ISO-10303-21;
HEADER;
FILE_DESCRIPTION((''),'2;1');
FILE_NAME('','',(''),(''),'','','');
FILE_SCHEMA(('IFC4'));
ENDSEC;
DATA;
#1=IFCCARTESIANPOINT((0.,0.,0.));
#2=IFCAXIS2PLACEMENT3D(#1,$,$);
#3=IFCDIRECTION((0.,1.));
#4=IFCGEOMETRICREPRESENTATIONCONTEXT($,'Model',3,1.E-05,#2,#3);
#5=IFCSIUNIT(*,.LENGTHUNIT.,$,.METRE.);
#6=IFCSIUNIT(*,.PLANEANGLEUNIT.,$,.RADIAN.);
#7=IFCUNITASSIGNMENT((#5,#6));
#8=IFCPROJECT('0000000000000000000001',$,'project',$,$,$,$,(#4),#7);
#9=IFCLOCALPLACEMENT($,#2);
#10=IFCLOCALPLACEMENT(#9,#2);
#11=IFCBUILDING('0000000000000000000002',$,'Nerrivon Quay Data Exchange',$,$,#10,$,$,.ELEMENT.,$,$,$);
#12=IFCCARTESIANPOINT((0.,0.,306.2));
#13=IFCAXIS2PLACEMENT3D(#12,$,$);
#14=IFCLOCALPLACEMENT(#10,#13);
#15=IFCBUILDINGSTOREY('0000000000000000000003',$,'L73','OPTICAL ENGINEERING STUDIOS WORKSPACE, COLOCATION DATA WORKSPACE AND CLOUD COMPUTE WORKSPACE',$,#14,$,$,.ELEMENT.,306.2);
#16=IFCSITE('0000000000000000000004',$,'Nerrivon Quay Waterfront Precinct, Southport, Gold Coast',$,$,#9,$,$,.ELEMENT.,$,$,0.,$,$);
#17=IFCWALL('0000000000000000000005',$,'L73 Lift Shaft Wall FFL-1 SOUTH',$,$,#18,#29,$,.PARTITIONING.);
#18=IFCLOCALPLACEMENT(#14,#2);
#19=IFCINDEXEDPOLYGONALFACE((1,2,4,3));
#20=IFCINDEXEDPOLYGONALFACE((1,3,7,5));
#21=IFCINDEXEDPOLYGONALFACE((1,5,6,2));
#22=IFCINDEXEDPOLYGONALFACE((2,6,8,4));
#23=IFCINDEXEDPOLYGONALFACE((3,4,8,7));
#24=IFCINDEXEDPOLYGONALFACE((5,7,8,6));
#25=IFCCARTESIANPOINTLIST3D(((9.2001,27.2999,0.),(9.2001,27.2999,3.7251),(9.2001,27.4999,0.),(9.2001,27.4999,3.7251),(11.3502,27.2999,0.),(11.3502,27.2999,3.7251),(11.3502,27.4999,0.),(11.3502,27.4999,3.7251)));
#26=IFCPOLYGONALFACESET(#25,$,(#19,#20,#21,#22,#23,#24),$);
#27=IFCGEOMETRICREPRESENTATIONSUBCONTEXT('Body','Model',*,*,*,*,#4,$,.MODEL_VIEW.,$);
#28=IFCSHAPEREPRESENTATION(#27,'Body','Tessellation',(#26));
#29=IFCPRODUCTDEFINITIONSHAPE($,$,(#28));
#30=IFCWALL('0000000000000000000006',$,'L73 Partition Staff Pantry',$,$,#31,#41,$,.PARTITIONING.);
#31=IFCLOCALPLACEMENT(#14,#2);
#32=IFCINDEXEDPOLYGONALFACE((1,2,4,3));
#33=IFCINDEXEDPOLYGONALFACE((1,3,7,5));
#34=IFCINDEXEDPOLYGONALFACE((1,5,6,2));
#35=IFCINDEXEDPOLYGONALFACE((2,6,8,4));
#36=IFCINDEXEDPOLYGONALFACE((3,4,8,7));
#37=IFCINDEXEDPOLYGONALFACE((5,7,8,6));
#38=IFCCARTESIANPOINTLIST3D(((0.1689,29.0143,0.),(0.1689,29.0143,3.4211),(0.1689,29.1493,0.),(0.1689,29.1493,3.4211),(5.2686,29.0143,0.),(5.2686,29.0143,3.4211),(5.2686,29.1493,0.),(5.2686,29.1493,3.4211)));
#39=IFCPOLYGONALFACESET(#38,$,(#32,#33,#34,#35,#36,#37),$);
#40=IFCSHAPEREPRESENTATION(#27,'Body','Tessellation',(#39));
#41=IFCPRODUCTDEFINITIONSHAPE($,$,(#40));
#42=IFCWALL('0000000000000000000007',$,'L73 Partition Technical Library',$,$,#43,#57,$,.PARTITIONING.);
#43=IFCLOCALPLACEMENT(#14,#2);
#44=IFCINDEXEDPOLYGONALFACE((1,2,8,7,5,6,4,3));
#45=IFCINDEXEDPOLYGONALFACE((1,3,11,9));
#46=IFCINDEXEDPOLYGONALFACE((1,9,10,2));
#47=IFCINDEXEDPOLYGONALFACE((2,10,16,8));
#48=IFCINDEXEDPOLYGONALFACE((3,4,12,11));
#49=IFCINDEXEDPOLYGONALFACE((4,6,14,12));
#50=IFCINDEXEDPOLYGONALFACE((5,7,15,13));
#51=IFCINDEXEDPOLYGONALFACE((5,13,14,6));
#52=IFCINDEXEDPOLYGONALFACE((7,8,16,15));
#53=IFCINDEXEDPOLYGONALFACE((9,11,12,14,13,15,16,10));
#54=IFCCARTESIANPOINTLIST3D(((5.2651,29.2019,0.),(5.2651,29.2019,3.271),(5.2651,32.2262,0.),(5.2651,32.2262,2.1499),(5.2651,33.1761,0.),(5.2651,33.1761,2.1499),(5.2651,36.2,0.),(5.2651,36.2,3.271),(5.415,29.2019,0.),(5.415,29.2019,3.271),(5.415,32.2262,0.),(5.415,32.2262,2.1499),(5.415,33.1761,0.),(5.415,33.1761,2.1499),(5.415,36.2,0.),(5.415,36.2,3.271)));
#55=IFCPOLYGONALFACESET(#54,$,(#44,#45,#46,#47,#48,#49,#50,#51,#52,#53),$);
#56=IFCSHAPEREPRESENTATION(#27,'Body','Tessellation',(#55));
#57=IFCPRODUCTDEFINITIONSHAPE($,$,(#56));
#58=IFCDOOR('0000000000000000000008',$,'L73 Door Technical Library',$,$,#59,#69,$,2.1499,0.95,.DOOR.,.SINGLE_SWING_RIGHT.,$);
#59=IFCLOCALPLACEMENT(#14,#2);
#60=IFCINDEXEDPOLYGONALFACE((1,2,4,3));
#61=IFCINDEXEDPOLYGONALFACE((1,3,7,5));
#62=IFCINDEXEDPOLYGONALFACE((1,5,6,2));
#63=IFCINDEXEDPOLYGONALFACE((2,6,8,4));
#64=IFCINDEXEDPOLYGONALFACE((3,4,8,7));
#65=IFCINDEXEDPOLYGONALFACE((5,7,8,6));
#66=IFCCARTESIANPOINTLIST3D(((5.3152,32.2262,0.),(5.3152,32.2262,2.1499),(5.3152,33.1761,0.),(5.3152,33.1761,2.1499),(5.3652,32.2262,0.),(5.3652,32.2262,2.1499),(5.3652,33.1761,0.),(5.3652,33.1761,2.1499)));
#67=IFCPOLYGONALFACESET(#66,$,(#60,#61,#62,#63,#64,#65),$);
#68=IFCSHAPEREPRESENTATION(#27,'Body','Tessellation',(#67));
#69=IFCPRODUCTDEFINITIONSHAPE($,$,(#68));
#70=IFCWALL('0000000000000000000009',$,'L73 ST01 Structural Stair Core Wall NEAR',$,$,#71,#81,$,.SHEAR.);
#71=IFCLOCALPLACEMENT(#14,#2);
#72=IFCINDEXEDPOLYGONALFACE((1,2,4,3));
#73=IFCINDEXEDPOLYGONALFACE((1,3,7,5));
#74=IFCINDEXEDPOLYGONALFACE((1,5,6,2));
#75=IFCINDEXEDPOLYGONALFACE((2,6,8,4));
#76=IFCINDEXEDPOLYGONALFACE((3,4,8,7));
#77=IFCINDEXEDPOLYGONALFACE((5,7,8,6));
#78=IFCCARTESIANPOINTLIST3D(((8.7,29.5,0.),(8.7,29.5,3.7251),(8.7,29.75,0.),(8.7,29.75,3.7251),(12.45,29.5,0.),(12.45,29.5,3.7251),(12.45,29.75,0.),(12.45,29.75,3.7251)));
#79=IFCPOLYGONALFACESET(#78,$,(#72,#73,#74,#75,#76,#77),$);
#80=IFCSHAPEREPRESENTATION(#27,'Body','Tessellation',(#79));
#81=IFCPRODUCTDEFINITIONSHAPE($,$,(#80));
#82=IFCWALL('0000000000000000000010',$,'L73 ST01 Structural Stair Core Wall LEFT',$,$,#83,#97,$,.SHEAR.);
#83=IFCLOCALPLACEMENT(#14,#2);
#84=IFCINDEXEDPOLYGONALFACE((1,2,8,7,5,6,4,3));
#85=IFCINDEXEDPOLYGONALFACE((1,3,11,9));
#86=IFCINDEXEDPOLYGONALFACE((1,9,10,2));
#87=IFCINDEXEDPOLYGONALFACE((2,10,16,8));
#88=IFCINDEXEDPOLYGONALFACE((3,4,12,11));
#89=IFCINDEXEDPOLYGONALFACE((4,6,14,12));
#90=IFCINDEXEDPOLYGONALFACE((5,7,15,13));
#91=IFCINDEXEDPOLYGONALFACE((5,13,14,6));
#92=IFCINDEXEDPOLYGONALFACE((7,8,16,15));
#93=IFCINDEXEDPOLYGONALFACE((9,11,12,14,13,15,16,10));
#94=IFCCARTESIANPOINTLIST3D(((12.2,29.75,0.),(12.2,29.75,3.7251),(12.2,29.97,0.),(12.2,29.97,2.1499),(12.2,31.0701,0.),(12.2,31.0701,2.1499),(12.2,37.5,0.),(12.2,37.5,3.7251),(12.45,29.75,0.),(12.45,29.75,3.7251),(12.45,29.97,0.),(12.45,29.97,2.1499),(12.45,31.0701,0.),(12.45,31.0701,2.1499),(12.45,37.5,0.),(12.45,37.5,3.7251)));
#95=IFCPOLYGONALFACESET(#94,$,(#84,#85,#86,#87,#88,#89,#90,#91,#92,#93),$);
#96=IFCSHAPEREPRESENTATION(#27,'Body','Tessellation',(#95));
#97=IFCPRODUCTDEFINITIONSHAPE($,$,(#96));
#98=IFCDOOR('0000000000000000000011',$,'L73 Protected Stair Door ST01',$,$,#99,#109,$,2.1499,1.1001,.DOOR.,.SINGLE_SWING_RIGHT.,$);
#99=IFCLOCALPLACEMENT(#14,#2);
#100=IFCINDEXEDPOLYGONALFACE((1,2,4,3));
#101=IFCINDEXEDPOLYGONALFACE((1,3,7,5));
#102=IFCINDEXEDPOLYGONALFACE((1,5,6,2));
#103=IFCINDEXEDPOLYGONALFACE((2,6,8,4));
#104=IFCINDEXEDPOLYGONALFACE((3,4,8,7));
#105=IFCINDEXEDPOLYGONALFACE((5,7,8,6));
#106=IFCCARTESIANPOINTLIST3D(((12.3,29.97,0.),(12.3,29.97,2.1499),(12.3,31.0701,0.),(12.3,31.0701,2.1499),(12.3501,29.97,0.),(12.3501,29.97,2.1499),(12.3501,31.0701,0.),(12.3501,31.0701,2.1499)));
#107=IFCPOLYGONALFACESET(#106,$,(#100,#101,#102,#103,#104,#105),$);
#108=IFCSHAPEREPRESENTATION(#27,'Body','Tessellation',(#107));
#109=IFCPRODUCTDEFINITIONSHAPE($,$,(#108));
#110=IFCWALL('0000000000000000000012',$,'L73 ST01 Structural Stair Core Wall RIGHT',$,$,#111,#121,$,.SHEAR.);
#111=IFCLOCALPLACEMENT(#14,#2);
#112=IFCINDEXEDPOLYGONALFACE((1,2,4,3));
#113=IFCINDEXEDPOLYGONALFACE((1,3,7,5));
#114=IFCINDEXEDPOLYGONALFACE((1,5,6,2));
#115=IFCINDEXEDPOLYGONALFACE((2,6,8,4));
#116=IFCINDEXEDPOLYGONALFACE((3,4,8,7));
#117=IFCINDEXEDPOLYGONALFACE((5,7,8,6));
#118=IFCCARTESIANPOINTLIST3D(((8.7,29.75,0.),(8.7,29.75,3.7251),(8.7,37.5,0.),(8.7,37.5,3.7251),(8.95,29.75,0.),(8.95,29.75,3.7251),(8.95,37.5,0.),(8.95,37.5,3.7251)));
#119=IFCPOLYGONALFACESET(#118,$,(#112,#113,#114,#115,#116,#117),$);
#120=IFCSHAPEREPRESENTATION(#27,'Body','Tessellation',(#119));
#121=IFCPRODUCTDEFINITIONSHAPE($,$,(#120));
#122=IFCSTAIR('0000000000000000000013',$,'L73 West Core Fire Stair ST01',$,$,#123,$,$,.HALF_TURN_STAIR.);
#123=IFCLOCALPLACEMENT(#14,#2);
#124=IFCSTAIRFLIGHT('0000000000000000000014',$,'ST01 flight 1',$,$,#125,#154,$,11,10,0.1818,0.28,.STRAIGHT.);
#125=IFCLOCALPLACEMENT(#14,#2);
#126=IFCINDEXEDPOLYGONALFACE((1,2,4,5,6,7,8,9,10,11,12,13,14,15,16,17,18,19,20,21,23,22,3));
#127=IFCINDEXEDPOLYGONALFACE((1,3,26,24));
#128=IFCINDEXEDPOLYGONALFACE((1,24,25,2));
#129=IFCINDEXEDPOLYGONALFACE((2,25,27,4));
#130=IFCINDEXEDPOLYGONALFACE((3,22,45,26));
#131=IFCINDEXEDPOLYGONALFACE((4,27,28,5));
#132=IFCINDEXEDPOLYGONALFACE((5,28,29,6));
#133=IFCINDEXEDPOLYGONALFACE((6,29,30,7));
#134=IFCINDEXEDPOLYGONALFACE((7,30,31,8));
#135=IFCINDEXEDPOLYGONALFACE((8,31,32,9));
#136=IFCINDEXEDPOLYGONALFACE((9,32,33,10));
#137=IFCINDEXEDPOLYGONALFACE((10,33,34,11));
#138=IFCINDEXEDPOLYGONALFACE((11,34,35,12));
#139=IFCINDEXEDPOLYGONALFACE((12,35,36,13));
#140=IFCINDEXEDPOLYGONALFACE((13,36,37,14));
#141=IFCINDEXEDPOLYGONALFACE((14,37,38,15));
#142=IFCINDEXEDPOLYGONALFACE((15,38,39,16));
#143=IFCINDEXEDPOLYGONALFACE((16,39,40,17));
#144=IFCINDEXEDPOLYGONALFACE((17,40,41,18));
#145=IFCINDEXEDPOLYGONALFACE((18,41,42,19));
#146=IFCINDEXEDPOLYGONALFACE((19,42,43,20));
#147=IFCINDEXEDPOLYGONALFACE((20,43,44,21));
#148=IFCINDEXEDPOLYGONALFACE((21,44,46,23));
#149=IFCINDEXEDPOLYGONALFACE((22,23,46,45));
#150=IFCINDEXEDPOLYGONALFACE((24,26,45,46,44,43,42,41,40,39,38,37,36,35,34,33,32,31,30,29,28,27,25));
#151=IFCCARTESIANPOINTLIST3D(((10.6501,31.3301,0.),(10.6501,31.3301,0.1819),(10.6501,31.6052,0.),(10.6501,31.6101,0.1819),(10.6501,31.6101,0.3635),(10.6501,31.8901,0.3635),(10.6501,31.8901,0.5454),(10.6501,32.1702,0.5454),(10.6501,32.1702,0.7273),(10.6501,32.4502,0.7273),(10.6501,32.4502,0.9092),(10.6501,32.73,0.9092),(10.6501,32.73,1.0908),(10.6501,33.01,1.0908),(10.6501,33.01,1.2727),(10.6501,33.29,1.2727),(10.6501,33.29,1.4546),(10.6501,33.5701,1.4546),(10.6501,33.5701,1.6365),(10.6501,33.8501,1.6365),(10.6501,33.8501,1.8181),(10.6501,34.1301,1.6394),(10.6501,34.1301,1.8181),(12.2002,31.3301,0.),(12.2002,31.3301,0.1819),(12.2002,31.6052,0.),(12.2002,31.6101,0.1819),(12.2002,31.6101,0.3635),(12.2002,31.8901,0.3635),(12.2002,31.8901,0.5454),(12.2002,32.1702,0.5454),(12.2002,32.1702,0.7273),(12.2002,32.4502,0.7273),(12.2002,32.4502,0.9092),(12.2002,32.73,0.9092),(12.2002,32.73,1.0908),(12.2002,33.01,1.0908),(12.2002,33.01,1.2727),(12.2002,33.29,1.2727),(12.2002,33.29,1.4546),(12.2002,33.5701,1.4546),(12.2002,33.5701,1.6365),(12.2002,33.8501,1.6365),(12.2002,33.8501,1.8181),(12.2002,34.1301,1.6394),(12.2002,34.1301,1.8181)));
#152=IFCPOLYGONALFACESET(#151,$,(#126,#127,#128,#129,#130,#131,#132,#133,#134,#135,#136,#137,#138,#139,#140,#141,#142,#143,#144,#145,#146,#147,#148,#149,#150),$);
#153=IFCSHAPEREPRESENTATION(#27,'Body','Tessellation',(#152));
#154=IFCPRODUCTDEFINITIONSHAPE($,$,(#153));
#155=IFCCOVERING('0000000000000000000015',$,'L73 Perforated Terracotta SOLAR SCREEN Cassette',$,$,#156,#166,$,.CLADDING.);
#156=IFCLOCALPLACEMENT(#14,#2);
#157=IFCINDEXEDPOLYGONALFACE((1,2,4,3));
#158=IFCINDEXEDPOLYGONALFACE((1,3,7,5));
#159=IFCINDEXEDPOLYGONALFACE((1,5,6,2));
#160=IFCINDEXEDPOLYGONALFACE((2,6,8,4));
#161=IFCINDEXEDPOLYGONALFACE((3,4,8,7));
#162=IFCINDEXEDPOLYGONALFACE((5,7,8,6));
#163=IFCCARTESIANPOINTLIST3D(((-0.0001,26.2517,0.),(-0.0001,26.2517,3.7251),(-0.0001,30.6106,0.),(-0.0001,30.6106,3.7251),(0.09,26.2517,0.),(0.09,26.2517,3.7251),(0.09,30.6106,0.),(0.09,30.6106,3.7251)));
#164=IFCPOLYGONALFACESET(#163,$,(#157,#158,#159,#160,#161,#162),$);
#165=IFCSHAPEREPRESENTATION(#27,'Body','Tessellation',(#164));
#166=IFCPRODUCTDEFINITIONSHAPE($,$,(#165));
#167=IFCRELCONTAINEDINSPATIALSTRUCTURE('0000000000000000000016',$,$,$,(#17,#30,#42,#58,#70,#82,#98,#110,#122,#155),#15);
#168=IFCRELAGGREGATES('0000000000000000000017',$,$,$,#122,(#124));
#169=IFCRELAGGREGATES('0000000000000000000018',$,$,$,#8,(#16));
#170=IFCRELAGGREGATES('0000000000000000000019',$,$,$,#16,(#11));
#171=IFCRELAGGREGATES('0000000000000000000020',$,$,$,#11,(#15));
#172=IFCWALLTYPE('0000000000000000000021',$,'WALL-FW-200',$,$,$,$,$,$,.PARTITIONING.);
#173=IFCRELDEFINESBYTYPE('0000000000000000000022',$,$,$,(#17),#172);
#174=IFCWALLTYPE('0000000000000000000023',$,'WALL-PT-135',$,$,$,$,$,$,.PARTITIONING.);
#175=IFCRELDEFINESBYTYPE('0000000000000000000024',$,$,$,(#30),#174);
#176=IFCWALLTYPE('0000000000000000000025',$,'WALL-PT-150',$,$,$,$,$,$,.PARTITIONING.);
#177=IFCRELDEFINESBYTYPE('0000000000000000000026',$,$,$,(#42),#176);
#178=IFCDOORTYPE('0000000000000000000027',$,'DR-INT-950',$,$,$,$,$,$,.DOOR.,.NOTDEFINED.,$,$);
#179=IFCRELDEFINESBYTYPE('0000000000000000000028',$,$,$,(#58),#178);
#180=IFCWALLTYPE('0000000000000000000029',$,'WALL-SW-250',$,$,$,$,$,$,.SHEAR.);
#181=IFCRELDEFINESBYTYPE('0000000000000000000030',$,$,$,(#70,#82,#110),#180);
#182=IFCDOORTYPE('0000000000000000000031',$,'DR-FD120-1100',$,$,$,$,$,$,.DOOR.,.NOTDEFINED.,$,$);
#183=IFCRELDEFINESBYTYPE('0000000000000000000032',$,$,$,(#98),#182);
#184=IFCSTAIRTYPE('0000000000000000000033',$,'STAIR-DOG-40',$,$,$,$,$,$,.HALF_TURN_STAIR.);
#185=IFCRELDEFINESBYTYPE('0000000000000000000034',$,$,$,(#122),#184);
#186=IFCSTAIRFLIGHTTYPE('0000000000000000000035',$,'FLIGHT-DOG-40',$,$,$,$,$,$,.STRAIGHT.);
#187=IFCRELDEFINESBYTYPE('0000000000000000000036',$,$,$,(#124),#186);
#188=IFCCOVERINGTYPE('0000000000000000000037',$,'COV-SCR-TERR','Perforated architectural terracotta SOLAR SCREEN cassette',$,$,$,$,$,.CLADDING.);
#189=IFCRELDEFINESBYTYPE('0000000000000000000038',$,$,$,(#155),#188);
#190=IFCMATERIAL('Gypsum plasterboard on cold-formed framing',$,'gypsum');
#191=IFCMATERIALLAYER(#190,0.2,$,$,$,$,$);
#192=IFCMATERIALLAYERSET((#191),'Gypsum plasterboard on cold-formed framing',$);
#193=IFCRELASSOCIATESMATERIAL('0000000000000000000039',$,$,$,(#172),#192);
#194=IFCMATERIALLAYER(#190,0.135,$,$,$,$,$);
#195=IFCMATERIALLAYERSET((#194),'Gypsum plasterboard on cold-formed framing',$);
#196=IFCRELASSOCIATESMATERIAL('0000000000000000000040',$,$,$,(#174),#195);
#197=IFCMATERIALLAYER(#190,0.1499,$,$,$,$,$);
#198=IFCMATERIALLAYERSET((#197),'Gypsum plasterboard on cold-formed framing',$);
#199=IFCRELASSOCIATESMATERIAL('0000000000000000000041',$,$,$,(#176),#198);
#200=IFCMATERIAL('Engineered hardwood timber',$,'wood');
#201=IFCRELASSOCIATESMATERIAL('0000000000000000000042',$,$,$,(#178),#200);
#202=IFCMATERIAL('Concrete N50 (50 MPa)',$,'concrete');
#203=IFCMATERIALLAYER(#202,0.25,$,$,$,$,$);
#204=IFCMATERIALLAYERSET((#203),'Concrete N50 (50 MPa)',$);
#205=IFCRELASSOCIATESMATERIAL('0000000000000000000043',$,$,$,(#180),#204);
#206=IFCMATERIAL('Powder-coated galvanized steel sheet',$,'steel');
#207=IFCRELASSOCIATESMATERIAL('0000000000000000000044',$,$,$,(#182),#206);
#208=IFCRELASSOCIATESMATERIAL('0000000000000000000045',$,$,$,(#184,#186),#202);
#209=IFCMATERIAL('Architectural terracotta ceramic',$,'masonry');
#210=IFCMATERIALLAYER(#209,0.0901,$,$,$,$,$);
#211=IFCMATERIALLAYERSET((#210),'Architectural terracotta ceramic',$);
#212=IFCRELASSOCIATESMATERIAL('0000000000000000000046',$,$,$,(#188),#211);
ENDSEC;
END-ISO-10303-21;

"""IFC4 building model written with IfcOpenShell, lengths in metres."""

from ifc_helpers import new_model, si_unit, direction, frame, frame_2d, origin, origin_2d, place, context, subcontext, project, spatial, polyline, rectangle, outline, extrude, material, layer, layer_set, type_object, element, fill, aggregate, save


model = new_model("IFC4")

# Units and contexts
model_context = context("Model", 3, precision=1e-05, world=origin(), true_north=direction((0.0, 1.0)))
body_context = subcontext(model_context, "Body", "Model", "MODEL_VIEW")
ifc_project = project(units=[si_unit("LENGTHUNIT", "METRE"), si_unit("PLANEANGLEUNIT", "RADIAN")], contexts=[model_context])

# Site, building, storey
site_placement = place(None, origin())
site = spatial("IfcSite", under=ifc_project, at=site_placement, Name="Nerrivon Quay Waterfront Precinct, Southport, Gold Coast", CompositionType="ELEMENT", RefElevation=0.0)
building_placement = place(site_placement, origin())
building = spatial("IfcBuilding", under=site, at=building_placement, Name="Nerrivon Quay Data Exchange", CompositionType="ELEMENT")
storey_placement = place(building_placement, frame((0.0, 0.0, 306.2)))
storey = spatial("IfcBuildingStorey", under=building, at=storey_placement, Name="L73", Description="OPTICAL ENGINEERING STUDIOS WORKSPACE, COLOCATION DATA WORKSPACE AND CLOUD COMPUTE WORKSPACE", CompositionType="ELEMENT", Elevation=306.2)

# Shared definitions
ifc_material_1 = material(Name="Concrete N50 (50 MPa)", Category="concrete")

# Shared definitions
ifc_material_2 = material(Name="Gypsum plasterboard on cold-formed framing", Category="gypsum")
ifc_layer_1 = layer(ifc_material_2, 0.2)
ifc_layer_set_1 = layer_set([ifc_layer_1], Name="Gypsum plasterboard on cold-formed framing")
wall_type_1 = type_object("IfcWallType", Name="WALL-FW-200", PredefinedType="PARTITIONING", material=ifc_layer_set_1)
ifc_material_3 = material(Name="Powder-coated galvanized steel sheet", Category="steel")

# Walls
wall_1_placement = place(storey_placement, frame((9.2, 27.3999, 0.0), z_axis=(0.0, 0.0, 1.0), x_axis=(1.0, 0.0, 0.0)))
element("IfcWall", 1, at=wall_1_placement, inside=storey, type_object=wall_type_1, Name="L73 Lift Shaft Wall FFL-1 SOUTH", PredefinedType="PARTITIONING", context=body_context, shape_type="SweptSolid", body=[
    extrude(rectangle(XDim=2.1501, YDim=0.2, at=frame_2d((1.0752, 0.0))), origin(), (0.0, 0.0, 1.0), 3.7251),
])
ifc_layer_2 = layer(ifc_material_2, 0.135)
ifc_layer_set_2 = layer_set([ifc_layer_2], Name="Gypsum plasterboard on cold-formed framing")
wall_type_2 = type_object("IfcWallType", Name="WALL-PT-135", PredefinedType="PARTITIONING", material=ifc_layer_set_2)
wall_2_placement = place(storey_placement, frame((5.2686, 29.0818, 0.0), z_axis=(0.0, 0.0, 1.0), x_axis=(-1.0, 0.0, 0.0)))
element("IfcWall", 2, at=wall_2_placement, inside=storey, type_object=wall_type_2, Name="L73 Partition Staff Pantry", PredefinedType="PARTITIONING", context=body_context, shape_type="SweptSolid", body=[
    extrude(rectangle(XDim=5.0996, YDim=0.135, at=frame_2d((2.5498, 0.0))), origin(), (0.0, 0.0, 1.0), 3.4211),
])

# Wall, opening, door
ifc_layer_3 = layer(ifc_material_2, 0.1499)
ifc_layer_set_3 = layer_set([ifc_layer_3], Name="Gypsum plasterboard on cold-formed framing")
wall_type_3 = type_object("IfcWallType", Name="WALL-PT-150", PredefinedType="PARTITIONING", material=ifc_layer_set_3)
wall_3_placement = place(storey_placement, frame((5.3401, 29.2019, 0.0), z_axis=(0.0, 0.0, 1.0), x_axis=(0.0, 1.0, 0.0)))
wall_3 = element("IfcWall", 3, at=wall_3_placement, inside=storey, type_object=wall_type_3, Name="L73 Partition Technical Library", PredefinedType="PARTITIONING", context=body_context, shape_type="SweptSolid", body=[
    extrude(rectangle(XDim=6.998, YDim=0.1499, at=frame_2d((3.499, 0.0))), origin(), (0.0, 0.0, 1.0), 3.271),
])
opening_1_placement = place(wall_3_placement, frame((3.0242, 0.0, 0.0)))
opening_1 = element("IfcOpeningElement", 4, at=opening_1_placement, cuts=wall_3, PredefinedType="OPENING", context=body_context, shape_type="SweptSolid", body=[
    extrude(rectangle(XDim=0.95, YDim=2.1499, at=frame_2d((0.4751, 1.075))), frame((0.0, 0.085, 0.0), z_axis=(0.0, -1.0, 0.0), x_axis=(1.0, 0.0, 0.0)), (0.0, 0.0, 1.0), 0.1699),
])
ifc_material_4 = material(Name="Engineered hardwood timber", Category="wood")
door_type_1 = type_object("IfcDoorType", Name="DR-INT-950", OperationType="NOTDEFINED", PredefinedType="DOOR", material=ifc_material_4)
door_1_placement = place(opening_1_placement, origin())
door_1 = element("IfcDoor", 5, at=door_1_placement, inside=storey, type_object=door_type_1, Name="L73 Door Technical Library", OperationType="SINGLE_SWING_RIGHT", OverallHeight=2.1499, OverallWidth=0.95, PredefinedType="DOOR", context=body_context, shape_type="SweptSolid", body=[
    extrude(rectangle(XDim=0.95, YDim=2.1499, at=frame_2d((0.4751, 1.075))), frame((0.0, 0.0249, 0.0), z_axis=(0.0, -1.0, 0.0), x_axis=(1.0, 0.0, 0.0)), (0.0, 0.0, 1.0), 0.05),
])
fill(opening_1, door_1)

# Wall
ifc_layer_4 = layer(ifc_material_1, 0.25)
ifc_layer_set_4 = layer_set([ifc_layer_4], Name="Concrete N50 (50 MPa)")
wall_type_4 = type_object("IfcWallType", Name="WALL-SW-250", PredefinedType="SHEAR", material=ifc_layer_set_4)
wall_4_placement = place(storey_placement, frame((12.45, 29.625, 0.0), z_axis=(0.0, 0.0, 1.0), x_axis=(-1.0, 0.0, 0.0)))
element("IfcWall", 6, at=wall_4_placement, inside=storey, type_object=wall_type_4, Name="L73 ST01 Structural Stair Core Wall NEAR", PredefinedType="SHEAR", context=body_context, shape_type="SweptSolid", body=[
    extrude(rectangle(XDim=3.75, YDim=0.25, at=frame_2d((1.875, 0.0))), origin(), (0.0, 0.0, 1.0), 3.7251),
])

# Wall, opening, door
wall_5_placement = place(storey_placement, frame((12.325, 29.75, 0.0), z_axis=(0.0, 0.0, 1.0), x_axis=(0.0, 1.0, 0.0)))
wall_5 = element("IfcWall", 7, at=wall_5_placement, inside=storey, type_object=wall_type_4, Name="L73 ST01 Structural Stair Core Wall LEFT", PredefinedType="SHEAR", context=body_context, shape_type="SweptSolid", body=[
    extrude(rectangle(XDim=7.75, YDim=0.25, at=frame_2d((3.875, 0.0))), origin(), (0.0, 0.0, 1.0), 3.7251),
])
opening_2_placement = place(wall_5_placement, frame((0.22, 0.0, 0.0)))
opening_2 = element("IfcOpeningElement", 8, at=opening_2_placement, cuts=wall_5, PredefinedType="OPENING", context=body_context, shape_type="SweptSolid", body=[
    extrude(rectangle(XDim=1.1001, YDim=2.1499, at=frame_2d((0.55, 1.075))), frame((0.0, 0.135, 0.0), z_axis=(0.0, -1.0, 0.0), x_axis=(1.0, 0.0, 0.0)), (0.0, 0.0, 1.0), 0.27),
])
door_type_2 = type_object("IfcDoorType", Name="DR-FD120-1100", OperationType="NOTDEFINED", PredefinedType="DOOR", material=ifc_material_3)
door_2_placement = place(opening_2_placement, origin())
door_2 = element("IfcDoor", 9, at=door_2_placement, inside=storey, type_object=door_type_2, Name="L73 Protected Stair Door ST01", OperationType="SINGLE_SWING_RIGHT", OverallHeight=2.1499, OverallWidth=1.1001, PredefinedType="DOOR", context=body_context, shape_type="SweptSolid", body=[
    extrude(rectangle(XDim=1.1001, YDim=2.1499, at=frame_2d((0.55, 1.075))), frame((0.0, 0.0249, 0.0), z_axis=(0.0, -1.0, 0.0), x_axis=(1.0, 0.0, 0.0)), (0.0, 0.0, 1.0), 0.05),
])
fill(opening_2, door_2)

# Wall
wall_6_placement = place(storey_placement, frame((8.825, 29.75, 0.0), z_axis=(0.0, 0.0, 1.0), x_axis=(0.0, 1.0, 0.0)))
element("IfcWall", 10, at=wall_6_placement, inside=storey, type_object=wall_type_4, Name="L73 ST01 Structural Stair Core Wall RIGHT", PredefinedType="SHEAR", context=body_context, shape_type="SweptSolid", body=[
    extrude(rectangle(XDim=7.75, YDim=0.25, at=frame_2d((3.875, 0.0))), origin(), (0.0, 0.0, 1.0), 3.7251),
])

# Stair, stair flight
stair_type = type_object("IfcStairType", Name="STAIR-DOG-40", PredefinedType="HALF_TURN_STAIR", material=ifc_material_1)
stair_placement = place(storey_placement, origin())
stair = element("IfcStair", 11, at=stair_placement, inside=storey, type_object=stair_type, Name="L73 West Core Fire Stair ST01", PredefinedType="HALF_TURN_STAIR")
stair_flight_type = type_object("IfcStairFlightType", Name="FLIGHT-DOG-40", PredefinedType="STRAIGHT", material=ifc_material_1)
stair_flight_placement = place(storey_placement, frame((11.425, 31.3301, 0.0), z_axis=(0.0, 0.0, 1.0), x_axis=(0.0, 1.0, 0.0)))
stair_flight = element("IfcStairFlight", 12, at=stair_flight_placement, type_object=stair_flight_type, Name="ST01 flight 1", NumberOfRisers=11, NumberOfTreads=10, PredefinedType="STRAIGHT", RiserHeight=0.1818, TreadLength=0.28, context=body_context, shape_type="SweptSolid", body=[
    extrude(outline(polyline([(0.0, 0.0), (0.0, 0.1819), (0.28, 0.1819), (0.28, 0.3635), (0.5601, 0.3635), (0.5601, 0.5454), (0.8401, 0.5454), (0.8401, 0.7273), (1.1201, 0.7273), (1.1201, 0.9092), (1.3999, 0.9092), (1.3999, 1.0908), (1.6799, 1.0908), (1.6799, 1.2727), (1.96, 1.2727), (1.96, 1.4546), (2.24, 1.4546), (2.24, 1.6365), (2.52, 1.6365), (2.52, 1.8181), (2.8, 1.8181), (2.8, 2.0), (2.8, 1.6394), (0.2751, 0.0), (0.0, 0.0)])), frame((0.0, 0.7749, 0.0), z_axis=(0.0, -1.0, 0.0), x_axis=(1.0, 0.0, 0.0)), (0.0, 0.0, 1.0), 1.55),
])
aggregate(stair, [stair_flight])

# Covering
ifc_material_5 = material(Name="Architectural terracotta ceramic", Category="masonry")
ifc_layer_5 = layer(ifc_material_5, 0.0901)
ifc_layer_set_5 = layer_set([ifc_layer_5], Name="Architectural terracotta ceramic")
covering_type = type_object("IfcCoveringType", Name="COV-SCR-TERR", Description="Perforated architectural terracotta SOLAR SCREEN cassette", PredefinedType="CLADDING", material=ifc_layer_set_5)
covering_placement = place(storey_placement, frame((0.0449, 28.4312, 0.0), z_axis=(0.0, 0.0, 1.0), x_axis=(0.0, 1.0, 0.0)))
element("IfcCovering", 13, at=covering_placement, inside=storey, type_object=covering_type, Name="L73 Perforated Terracotta SOLAR SCREEN Cassette", PredefinedType="CLADDING", context=body_context, shape_type="SweptSolid", body=[
    extrude(rectangle(XDim=4.3589, YDim=0.0901, at=origin_2d()), origin(), (0.0, 0.0, 1.0), 3.7251),
])

save(model, "model.ifc")
